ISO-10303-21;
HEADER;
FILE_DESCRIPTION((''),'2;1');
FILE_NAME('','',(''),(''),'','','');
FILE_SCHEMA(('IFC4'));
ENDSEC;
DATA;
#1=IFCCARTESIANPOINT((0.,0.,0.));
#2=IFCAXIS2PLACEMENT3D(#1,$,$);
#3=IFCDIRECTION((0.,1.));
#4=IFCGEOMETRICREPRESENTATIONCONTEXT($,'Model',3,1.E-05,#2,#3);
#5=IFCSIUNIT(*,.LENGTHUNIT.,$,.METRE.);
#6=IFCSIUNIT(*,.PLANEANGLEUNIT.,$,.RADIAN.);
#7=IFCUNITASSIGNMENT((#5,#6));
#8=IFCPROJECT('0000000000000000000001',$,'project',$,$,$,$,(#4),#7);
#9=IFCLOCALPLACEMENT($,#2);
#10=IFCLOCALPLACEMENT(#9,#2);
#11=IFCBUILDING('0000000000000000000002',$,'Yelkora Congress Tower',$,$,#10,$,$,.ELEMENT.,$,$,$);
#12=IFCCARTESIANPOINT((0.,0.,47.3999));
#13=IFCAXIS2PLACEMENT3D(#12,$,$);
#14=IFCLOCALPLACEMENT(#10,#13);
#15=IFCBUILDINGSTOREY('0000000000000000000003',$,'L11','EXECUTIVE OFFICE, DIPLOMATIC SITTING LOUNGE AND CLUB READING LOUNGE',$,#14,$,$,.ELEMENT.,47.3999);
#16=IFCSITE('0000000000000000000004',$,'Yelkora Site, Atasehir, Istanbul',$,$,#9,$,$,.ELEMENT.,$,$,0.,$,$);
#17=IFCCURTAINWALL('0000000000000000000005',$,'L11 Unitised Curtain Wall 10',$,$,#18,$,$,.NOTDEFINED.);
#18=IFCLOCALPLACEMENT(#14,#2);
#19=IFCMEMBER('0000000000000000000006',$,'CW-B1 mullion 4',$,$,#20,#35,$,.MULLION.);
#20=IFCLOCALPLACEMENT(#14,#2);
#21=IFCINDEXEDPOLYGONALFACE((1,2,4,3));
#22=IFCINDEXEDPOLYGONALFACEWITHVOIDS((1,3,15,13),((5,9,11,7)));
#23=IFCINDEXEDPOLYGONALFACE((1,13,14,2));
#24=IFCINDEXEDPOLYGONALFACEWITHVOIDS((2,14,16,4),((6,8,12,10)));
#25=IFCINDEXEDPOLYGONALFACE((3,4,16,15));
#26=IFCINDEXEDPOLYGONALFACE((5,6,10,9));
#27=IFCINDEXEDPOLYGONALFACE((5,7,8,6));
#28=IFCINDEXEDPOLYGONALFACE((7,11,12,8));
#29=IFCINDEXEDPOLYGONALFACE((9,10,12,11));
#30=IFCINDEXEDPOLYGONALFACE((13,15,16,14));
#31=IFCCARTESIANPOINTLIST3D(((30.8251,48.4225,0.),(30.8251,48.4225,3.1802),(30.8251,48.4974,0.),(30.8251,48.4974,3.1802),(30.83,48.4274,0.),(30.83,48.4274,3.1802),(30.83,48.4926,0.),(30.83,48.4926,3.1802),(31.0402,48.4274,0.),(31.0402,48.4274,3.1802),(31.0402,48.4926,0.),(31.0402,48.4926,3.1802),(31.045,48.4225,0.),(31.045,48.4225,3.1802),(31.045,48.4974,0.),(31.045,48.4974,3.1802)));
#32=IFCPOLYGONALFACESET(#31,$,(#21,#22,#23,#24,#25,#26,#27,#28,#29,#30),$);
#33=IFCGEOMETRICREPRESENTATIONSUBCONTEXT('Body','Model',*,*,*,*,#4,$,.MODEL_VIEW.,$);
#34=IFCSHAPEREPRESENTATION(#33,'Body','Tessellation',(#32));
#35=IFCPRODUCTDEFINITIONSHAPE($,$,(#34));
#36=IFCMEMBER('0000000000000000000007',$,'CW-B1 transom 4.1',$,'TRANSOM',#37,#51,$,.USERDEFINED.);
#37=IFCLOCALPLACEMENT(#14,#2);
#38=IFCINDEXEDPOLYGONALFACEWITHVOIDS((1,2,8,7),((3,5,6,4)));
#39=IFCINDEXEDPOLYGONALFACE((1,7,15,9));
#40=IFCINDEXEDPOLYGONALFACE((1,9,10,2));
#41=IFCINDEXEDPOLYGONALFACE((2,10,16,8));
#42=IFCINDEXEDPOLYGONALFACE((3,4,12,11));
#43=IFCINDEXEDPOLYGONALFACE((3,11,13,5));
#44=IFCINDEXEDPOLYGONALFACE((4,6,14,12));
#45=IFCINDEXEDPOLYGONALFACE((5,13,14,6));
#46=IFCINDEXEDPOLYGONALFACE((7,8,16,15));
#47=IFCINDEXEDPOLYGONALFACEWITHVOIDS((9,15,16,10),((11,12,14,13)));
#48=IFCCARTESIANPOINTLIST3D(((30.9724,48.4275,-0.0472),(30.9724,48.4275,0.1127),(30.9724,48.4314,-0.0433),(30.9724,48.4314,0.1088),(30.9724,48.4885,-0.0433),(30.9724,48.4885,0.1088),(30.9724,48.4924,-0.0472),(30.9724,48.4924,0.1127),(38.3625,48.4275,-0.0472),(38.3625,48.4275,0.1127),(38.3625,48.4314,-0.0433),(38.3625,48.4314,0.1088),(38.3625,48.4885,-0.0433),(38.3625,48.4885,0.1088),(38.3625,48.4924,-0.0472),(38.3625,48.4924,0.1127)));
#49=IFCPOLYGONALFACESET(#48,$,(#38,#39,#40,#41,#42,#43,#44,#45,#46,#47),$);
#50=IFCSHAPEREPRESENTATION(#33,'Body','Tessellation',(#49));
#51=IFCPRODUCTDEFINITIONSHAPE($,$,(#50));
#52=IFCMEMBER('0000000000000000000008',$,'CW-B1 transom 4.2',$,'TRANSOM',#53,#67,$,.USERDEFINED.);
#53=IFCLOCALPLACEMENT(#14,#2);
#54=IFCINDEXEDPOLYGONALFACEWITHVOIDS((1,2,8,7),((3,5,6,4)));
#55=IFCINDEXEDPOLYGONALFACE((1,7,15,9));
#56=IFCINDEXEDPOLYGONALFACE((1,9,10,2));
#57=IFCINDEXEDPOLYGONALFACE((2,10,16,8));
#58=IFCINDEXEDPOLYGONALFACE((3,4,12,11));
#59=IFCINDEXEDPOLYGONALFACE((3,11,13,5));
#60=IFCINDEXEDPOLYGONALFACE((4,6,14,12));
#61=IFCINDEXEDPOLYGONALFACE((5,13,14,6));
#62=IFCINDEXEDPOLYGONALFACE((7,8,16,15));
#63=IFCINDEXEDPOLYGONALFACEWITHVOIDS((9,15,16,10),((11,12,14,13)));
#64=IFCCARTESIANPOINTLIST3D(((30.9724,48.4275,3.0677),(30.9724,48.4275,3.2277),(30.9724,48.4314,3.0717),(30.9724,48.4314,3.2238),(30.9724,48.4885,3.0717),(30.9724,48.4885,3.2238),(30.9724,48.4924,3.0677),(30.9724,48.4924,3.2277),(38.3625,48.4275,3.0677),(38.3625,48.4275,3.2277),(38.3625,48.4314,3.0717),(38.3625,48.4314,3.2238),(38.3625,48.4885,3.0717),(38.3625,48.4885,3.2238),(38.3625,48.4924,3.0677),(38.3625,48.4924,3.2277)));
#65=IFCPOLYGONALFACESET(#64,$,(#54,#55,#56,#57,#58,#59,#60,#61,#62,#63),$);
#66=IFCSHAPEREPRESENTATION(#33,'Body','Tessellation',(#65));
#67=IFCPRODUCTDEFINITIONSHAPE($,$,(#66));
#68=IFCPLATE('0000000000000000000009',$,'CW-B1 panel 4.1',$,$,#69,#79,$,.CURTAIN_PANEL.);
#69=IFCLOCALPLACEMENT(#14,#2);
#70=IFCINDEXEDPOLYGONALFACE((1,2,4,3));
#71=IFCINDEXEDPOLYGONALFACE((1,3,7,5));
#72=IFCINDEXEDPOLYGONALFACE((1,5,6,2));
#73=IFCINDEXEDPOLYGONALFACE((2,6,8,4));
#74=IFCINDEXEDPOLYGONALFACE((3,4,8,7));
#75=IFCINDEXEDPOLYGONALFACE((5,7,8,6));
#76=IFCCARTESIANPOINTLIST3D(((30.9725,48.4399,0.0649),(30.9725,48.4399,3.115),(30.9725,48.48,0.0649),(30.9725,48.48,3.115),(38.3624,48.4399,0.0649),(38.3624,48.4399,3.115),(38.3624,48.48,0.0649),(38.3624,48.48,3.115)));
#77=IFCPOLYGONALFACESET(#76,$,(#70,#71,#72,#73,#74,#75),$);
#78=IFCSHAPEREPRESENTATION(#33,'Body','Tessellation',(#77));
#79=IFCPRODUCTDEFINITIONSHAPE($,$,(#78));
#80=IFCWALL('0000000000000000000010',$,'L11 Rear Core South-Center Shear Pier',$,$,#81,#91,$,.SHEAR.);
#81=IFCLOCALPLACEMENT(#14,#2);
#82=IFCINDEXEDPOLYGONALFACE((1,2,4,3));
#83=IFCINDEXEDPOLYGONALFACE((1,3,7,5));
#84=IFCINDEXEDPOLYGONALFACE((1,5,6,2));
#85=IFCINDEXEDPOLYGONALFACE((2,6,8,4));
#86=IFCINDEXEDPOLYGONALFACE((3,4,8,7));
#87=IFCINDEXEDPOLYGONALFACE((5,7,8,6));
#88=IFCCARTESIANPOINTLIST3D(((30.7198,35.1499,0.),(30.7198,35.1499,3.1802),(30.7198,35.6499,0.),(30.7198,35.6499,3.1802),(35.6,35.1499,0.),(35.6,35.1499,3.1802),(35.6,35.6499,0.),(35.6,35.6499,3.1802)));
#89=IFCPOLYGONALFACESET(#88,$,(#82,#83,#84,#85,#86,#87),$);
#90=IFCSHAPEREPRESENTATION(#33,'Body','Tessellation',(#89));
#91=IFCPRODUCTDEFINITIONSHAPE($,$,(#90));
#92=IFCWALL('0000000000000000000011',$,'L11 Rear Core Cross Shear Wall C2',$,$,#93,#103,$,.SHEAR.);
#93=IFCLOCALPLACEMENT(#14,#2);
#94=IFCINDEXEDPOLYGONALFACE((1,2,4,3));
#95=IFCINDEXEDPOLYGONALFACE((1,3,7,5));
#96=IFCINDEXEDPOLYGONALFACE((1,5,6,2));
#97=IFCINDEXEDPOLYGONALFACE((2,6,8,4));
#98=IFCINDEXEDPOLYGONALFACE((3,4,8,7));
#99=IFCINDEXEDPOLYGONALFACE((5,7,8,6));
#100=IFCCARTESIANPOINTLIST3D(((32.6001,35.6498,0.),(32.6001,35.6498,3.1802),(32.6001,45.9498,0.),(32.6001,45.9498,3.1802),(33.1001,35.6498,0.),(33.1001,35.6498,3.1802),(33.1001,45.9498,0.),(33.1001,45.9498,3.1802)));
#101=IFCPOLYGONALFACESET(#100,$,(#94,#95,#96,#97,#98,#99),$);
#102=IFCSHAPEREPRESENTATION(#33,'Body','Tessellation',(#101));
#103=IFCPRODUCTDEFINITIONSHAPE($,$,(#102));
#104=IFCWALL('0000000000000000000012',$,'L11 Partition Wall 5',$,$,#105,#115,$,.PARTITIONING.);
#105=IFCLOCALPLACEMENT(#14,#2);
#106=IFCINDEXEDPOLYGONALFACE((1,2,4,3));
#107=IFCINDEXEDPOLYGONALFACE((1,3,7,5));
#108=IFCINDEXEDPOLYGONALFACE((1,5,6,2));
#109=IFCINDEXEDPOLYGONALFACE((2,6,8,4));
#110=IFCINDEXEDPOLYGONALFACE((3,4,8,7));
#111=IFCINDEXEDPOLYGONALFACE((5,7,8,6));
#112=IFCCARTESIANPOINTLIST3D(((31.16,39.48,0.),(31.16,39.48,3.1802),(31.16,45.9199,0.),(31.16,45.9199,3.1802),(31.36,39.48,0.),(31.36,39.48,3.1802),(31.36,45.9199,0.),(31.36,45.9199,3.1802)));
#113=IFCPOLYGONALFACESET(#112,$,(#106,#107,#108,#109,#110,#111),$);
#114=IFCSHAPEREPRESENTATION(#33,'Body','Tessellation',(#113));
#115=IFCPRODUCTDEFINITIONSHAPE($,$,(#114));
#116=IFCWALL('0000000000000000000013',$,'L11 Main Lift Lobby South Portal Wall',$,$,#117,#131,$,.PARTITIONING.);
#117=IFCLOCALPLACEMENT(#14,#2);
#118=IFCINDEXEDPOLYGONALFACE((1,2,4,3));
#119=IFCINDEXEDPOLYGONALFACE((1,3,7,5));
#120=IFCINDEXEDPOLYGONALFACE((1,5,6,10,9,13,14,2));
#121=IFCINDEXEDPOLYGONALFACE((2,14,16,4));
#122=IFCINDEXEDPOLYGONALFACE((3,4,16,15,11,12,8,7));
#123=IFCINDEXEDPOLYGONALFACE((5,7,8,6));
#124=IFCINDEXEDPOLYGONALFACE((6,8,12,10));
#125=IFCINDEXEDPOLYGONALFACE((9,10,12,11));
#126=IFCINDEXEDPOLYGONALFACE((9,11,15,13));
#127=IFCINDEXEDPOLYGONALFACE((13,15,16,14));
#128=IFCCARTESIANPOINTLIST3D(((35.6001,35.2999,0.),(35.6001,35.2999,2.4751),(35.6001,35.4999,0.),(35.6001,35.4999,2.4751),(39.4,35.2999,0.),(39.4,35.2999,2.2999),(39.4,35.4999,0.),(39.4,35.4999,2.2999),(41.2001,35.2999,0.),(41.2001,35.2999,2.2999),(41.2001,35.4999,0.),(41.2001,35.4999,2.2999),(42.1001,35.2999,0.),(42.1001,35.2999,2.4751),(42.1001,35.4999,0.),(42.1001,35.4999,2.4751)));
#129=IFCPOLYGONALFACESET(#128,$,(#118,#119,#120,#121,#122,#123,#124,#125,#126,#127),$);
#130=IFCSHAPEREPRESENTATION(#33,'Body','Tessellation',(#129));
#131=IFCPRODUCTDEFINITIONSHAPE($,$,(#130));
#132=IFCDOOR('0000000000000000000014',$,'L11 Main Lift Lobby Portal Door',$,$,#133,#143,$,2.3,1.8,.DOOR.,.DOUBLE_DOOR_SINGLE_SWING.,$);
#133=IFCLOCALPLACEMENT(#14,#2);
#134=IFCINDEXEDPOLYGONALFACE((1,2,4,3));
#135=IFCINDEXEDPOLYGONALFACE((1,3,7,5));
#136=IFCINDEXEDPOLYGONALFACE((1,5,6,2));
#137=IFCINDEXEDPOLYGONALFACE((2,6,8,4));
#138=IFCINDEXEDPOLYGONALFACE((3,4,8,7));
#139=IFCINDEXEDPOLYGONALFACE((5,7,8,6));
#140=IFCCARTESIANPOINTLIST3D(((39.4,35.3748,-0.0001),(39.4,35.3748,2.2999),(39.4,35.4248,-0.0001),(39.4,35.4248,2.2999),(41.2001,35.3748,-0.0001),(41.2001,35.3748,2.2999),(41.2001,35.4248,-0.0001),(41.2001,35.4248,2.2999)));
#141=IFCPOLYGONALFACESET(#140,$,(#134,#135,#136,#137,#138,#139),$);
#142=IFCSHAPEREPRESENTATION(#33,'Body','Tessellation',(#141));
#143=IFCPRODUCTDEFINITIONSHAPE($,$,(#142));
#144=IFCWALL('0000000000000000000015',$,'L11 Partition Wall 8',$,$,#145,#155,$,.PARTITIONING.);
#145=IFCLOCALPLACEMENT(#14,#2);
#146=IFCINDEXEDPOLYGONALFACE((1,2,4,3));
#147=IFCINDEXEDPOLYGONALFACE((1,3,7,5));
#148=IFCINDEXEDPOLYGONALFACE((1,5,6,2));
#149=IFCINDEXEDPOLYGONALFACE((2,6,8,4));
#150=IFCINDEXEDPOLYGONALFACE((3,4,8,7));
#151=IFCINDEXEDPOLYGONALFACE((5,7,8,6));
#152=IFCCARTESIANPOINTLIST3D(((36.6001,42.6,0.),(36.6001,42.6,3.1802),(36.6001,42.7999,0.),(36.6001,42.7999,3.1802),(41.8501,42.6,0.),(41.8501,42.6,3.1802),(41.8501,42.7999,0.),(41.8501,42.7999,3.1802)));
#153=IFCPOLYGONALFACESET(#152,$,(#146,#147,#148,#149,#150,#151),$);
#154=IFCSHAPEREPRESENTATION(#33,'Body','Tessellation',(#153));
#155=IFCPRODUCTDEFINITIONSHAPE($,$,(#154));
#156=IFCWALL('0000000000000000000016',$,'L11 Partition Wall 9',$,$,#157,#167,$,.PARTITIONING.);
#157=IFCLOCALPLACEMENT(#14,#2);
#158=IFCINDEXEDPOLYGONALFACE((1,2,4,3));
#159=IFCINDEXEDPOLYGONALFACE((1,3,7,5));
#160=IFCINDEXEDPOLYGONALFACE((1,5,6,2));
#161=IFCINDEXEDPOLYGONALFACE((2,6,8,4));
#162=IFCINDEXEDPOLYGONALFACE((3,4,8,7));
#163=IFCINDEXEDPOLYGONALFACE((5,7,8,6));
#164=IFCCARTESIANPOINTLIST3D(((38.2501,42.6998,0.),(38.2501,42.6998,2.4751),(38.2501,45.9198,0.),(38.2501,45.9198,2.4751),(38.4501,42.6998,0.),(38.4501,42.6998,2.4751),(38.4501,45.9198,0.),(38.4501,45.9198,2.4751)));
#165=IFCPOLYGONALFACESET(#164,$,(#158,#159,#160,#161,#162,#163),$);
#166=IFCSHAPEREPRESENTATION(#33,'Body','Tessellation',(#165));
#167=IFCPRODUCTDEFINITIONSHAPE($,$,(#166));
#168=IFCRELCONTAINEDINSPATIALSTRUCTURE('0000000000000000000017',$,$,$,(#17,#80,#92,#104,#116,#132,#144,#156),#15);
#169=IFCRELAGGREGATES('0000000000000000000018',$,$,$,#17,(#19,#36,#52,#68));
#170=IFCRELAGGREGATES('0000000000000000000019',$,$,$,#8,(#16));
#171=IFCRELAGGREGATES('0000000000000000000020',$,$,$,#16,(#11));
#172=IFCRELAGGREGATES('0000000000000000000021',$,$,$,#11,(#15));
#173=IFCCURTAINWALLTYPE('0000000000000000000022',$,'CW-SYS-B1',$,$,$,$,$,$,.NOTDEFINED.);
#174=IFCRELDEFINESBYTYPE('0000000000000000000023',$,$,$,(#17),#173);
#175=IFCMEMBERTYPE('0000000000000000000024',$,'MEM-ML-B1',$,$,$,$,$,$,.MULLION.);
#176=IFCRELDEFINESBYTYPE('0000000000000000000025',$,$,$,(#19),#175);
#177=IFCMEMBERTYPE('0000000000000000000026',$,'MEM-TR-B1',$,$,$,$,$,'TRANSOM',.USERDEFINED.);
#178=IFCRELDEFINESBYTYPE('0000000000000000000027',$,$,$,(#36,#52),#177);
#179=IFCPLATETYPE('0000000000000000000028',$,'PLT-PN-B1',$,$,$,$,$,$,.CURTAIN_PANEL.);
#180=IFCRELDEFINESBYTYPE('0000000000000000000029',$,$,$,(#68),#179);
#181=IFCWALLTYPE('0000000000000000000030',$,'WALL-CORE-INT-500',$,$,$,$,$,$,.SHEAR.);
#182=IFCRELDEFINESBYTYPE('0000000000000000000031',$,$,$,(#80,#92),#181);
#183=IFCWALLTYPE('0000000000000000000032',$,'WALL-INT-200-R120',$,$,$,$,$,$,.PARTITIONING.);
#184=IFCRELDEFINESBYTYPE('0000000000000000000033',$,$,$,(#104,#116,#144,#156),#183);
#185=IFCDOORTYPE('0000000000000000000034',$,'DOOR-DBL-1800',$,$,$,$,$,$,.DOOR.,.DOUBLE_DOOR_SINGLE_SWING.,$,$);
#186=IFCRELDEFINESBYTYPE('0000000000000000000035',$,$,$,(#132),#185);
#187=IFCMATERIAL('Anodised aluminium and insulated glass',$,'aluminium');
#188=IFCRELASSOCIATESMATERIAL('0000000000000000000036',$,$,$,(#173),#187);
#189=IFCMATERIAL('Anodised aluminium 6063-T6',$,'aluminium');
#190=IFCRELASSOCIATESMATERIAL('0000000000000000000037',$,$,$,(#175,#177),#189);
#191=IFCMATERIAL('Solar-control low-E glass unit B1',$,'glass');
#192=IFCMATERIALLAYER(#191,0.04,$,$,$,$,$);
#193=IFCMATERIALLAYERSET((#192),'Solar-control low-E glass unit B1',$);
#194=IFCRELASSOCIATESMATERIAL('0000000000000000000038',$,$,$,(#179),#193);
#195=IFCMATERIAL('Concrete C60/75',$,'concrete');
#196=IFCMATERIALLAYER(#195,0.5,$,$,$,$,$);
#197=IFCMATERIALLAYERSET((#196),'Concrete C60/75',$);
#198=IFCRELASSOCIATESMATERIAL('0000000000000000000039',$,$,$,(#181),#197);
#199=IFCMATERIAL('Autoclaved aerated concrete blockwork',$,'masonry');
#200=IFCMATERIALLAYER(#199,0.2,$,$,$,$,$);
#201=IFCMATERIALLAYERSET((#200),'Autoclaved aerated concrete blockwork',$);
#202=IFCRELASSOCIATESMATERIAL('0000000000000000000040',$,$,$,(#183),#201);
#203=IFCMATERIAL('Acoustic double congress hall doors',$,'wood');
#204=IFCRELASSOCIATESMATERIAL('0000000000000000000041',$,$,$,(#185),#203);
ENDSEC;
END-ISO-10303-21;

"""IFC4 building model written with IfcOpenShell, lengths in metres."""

from ifc_helpers import new_model, si_unit, direction, frame, frame_2d, origin, origin_2d, place, context, subcontext, project, spatial, rectangle, hollow_rectangle, extrude, material, layer, layer_set, material_profile, profile_set, type_object, element, fill, aggregate, save


model = new_model("IFC4")

# Units and contexts
model_context = context("Model", 3, precision=1e-05, world=origin(), true_north=direction((0.0, 1.0)))
body_context = subcontext(model_context, "Body", "Model", "MODEL_VIEW")
ifc_project = project(units=[si_unit("LENGTHUNIT", "METRE"), si_unit("PLANEANGLEUNIT", "RADIAN")], contexts=[model_context])

# Site, building, storey
site_placement = place(None, origin())
site = spatial("IfcSite", under=ifc_project, at=site_placement, Name="Yelkora Site, Atasehir, Istanbul", CompositionType="ELEMENT", RefElevation=0.0)
building_placement = place(site_placement, origin())
building = spatial("IfcBuilding", under=site, at=building_placement, Name="Yelkora Congress Tower", CompositionType="ELEMENT")
storey_placement = place(building_placement, frame((0.0, 0.0, 47.3999)))
storey = spatial("IfcBuildingStorey", under=building, at=storey_placement, Name="L11", Description="EXECUTIVE OFFICE, DIPLOMATIC SITTING LOUNGE AND CLUB READING LOUNGE", CompositionType="ELEMENT", Elevation=47.3999)

# Shared definitions
ifc_material_1 = material(Name="Concrete C60/75", Category="concrete")

# Curtain wall, members, plate
ifc_material_2 = material(Name="Anodised aluminium and insulated glass", Category="aluminium")
curtain_wall_type = type_object("IfcCurtainWallType", Name="CW-SYS-B1", PredefinedType="NOTDEFINED", material=ifc_material_2)
curtain_wall_placement = place(storey_placement, origin())
curtain_wall = element("IfcCurtainWall", 1, at=curtain_wall_placement, inside=storey, type_object=curtain_wall_type, Name="L11 Unitised Curtain Wall 10", PredefinedType="NOTDEFINED")
ifc_material_3 = material(Name="Anodised aluminium 6063-T6", Category="aluminium")
ifc_material_profile_1 = material_profile(ifc_material_3, hollow_rectangle(XDim=0.075, YDim=0.22, WallThickness=0.0049, at=origin_2d()), Name="ALU 75x220x5")
ifc_profile_set_1 = profile_set([ifc_material_profile_1], Name="Anodised aluminium 6063-T6")
member_type_1 = type_object("IfcMemberType", Name="MEM-ML-B1", PredefinedType="MULLION", material=ifc_profile_set_1)
member_1_placement = place(storey_placement, frame((30.9351, 48.46, 0.0), z_axis=(0.0, 0.0, 1.0), x_axis=(0.0, 1.0, 0.0)))
member_1 = element("IfcMember", 2, at=member_1_placement, type_object=member_type_1, Name="CW-B1 mullion 4", PredefinedType="MULLION", context=body_context, shape_type="SweptSolid", body=[
    extrude(hollow_rectangle(XDim=0.075, YDim=0.22, WallThickness=0.0049, at=origin_2d()), origin(), (0.0, 0.0, 1.0), 3.1802),
])
ifc_material_profile_2 = material_profile(ifc_material_3, hollow_rectangle(XDim=0.0649, YDim=0.1599, WallThickness=0.0039, at=origin_2d()), Name="ALU 65x160x4")
ifc_profile_set_2 = profile_set([ifc_material_profile_2], Name="Anodised aluminium 6063-T6")
member_type_2 = type_object("IfcMemberType", Name="MEM-TR-B1", ElementType="TRANSOM", PredefinedType="USERDEFINED", material=ifc_profile_set_2)
member_2_placement = place(storey_placement, frame((30.9724, 48.46, 0.0327), z_axis=(1.0, 0.0, 0.0), x_axis=(0.0, 1.0, 0.0)))
member_2 = element("IfcMember", 3, at=member_2_placement, type_object=member_type_2, Name="CW-B1 transom 4.1", ObjectType="TRANSOM", PredefinedType="USERDEFINED", context=body_context, shape_type="SweptSolid", body=[
    extrude(hollow_rectangle(XDim=0.0649, YDim=0.1599, WallThickness=0.0039, at=origin_2d()), origin(), (0.0, 0.0, 1.0), 7.3901),
])
member_3_placement = place(storey_placement, frame((30.9724, 48.46, 3.1477), z_axis=(1.0, 0.0, 0.0), x_axis=(0.0, 1.0, 0.0)))
member_3 = element("IfcMember", 4, at=member_3_placement, type_object=member_type_2, Name="CW-B1 transom 4.2", ObjectType="TRANSOM", PredefinedType="USERDEFINED", context=body_context, shape_type="SweptSolid", body=[
    extrude(hollow_rectangle(XDim=0.0649, YDim=0.1599, WallThickness=0.0039, at=origin_2d()), origin(), (0.0, 0.0, 1.0), 7.3901),
])
ifc_material_4 = material(Name="Solar-control low-E glass unit B1", Category="glass")
ifc_layer_1 = layer(ifc_material_4, 0.04)
ifc_layer_set_1 = layer_set([ifc_layer_1], Name="Solar-control low-E glass unit B1")
plate_type = type_object("IfcPlateType", Name="PLT-PN-B1", PredefinedType="CURTAIN_PANEL", material=ifc_layer_set_1)
plate_placement = place(storey_placement, frame((34.6675, 48.46, 0.0649), z_axis=(0.0, 0.0, 1.0), x_axis=(1.0, 0.0, 0.0)))
plate = element("IfcPlate", 5, at=plate_placement, type_object=plate_type, Name="CW-B1 panel 4.1", PredefinedType="CURTAIN_PANEL", context=body_context, shape_type="SweptSolid", body=[
    extrude(rectangle(XDim=7.3899, YDim=0.04, at=origin_2d()), origin(), (0.0, 0.0, 1.0), 3.05),
])
aggregate(curtain_wall, [member_1, member_2, member_3, plate])

# Walls
ifc_layer_2 = layer(ifc_material_1, 0.5)
ifc_layer_set_2 = layer_set([ifc_layer_2], Name="Concrete C60/75")
wall_type_1 = type_object("IfcWallType", Name="WALL-CORE-INT-500", PredefinedType="SHEAR", material=ifc_layer_set_2)
wall_1_placement = place(storey_placement, frame((30.72, 35.3999, 0.0), z_axis=(0.0, 0.0, 1.0), x_axis=(1.0, 0.0, 0.0)))
element("IfcWall", 6, at=wall_1_placement, inside=storey, type_object=wall_type_1, Name="L11 Rear Core South-Center Shear Pier", PredefinedType="SHEAR", context=body_context, shape_type="SweptSolid", body=[
    extrude(rectangle(XDim=4.8801, YDim=0.5, at=frame_2d((2.4399, 0.0))), origin(), (0.0, 0.0, 1.0), 3.1802),
])
wall_2_placement = place(storey_placement, frame((32.8501, 35.6499, 0.0), z_axis=(0.0, 0.0, 1.0), x_axis=(0.0, 1.0, 0.0)))
element("IfcWall", 7, at=wall_2_placement, inside=storey, type_object=wall_type_1, Name="L11 Rear Core Cross Shear Wall C2", PredefinedType="SHEAR", context=body_context, shape_type="SweptSolid", body=[
    extrude(rectangle(XDim=10.3, YDim=0.5, at=frame_2d((5.1499, 0.0))), origin(), (0.0, 0.0, 1.0), 3.1802),
])
ifc_material_5 = material(Name="Autoclaved aerated concrete blockwork", Category="masonry")
ifc_layer_3 = layer(ifc_material_5, 0.2)
ifc_layer_set_3 = layer_set([ifc_layer_3], Name="Autoclaved aerated concrete blockwork")
wall_type_2 = type_object("IfcWallType", Name="WALL-INT-200-R120", PredefinedType="PARTITIONING", material=ifc_layer_set_3)
wall_3_placement = place(storey_placement, frame((31.26, 39.48, 0.0), z_axis=(0.0, 0.0, 1.0), x_axis=(0.0, 1.0, 0.0)))
element("IfcWall", 8, at=wall_3_placement, inside=storey, type_object=wall_type_2, Name="L11 Partition Wall 5", PredefinedType="PARTITIONING", context=body_context, shape_type="SweptSolid", body=[
    extrude(rectangle(XDim=6.4399, YDim=0.2, at=frame_2d((3.22, 0.0))), origin(), (0.0, 0.0, 1.0), 3.1802),
])

# Wall, opening, door
wall_4_placement = place(storey_placement, frame((35.6001, 35.3999, 0.0), z_axis=(0.0, 0.0, 1.0), x_axis=(1.0, 0.0, 0.0)))
wall_4 = element("IfcWall", 9, at=wall_4_placement, inside=storey, type_object=wall_type_2, Name="L11 Main Lift Lobby South Portal Wall", PredefinedType="PARTITIONING", context=body_context, shape_type="SweptSolid", body=[
    extrude(rectangle(XDim=6.5, YDim=0.2, at=frame_2d((3.25, 0.0))), origin(), (0.0, 0.0, 1.0), 2.4751),
])
opening_1_placement = place(wall_4_placement, frame((3.8, 0.0, 0.0)))
opening_1 = element("IfcOpeningElement", 10, at=opening_1_placement, cuts=wall_4, PredefinedType="OPENING", context=body_context, shape_type="SweptSolid", body=[
    extrude(rectangle(XDim=1.8, YDim=2.3, at=frame_2d((0.8999, 1.1499))), frame((0.0, 0.1099, 0.0), z_axis=(0.0, -1.0, 0.0), x_axis=(1.0, 0.0, 0.0)), (0.0, 0.0, 1.0), 0.22),
])
ifc_material_6 = material(Name="Acoustic double congress hall doors", Category="wood")
door_type_1 = type_object("IfcDoorType", Name="DOOR-DBL-1800", OperationType="DOUBLE_DOOR_SINGLE_SWING", PredefinedType="DOOR", material=ifc_material_6)
door_1_placement = place(opening_1_placement, origin())
door_1 = element("IfcDoor", 11, at=door_1_placement, inside=storey, type_object=door_type_1, Name="L11 Main Lift Lobby Portal Door", OperationType="DOUBLE_DOOR_SINGLE_SWING", OverallHeight=2.3, OverallWidth=1.8, PredefinedType="DOOR", context=body_context, shape_type="SweptSolid", body=[
    extrude(rectangle(XDim=1.8, YDim=2.3, at=frame_2d((0.8999, 1.1499))), frame((0.0, 0.0249, 0.0), z_axis=(0.0, -1.0, 0.0), x_axis=(1.0, 0.0, 0.0)), (0.0, 0.0, 1.0), 0.05),
])
fill(opening_1, door_1)

# Walls
wall_5_placement = place(storey_placement, frame((36.6001, 42.7, 0.0), z_axis=(0.0, 0.0, 1.0), x_axis=(1.0, 0.0, 0.0)))
element("IfcWall", 12, at=wall_5_placement, inside=storey, type_object=wall_type_2, Name="L11 Partition Wall 8", PredefinedType="PARTITIONING", context=body_context, shape_type="SweptSolid", body=[
    extrude(rectangle(XDim=5.25, YDim=0.2, at=frame_2d((2.625, 0.0))), origin(), (0.0, 0.0, 1.0), 3.1802),
])
wall_6_placement = place(storey_placement, frame((38.3501, 42.7, 0.0), z_axis=(0.0, 0.0, 1.0), x_axis=(0.0, 1.0, 0.0)))
element("IfcWall", 13, at=wall_6_placement, inside=storey, type_object=wall_type_2, Name="L11 Partition Wall 9", PredefinedType="PARTITIONING", context=body_context, shape_type="SweptSolid", body=[
    extrude(rectangle(XDim=3.22, YDim=0.2, at=frame_2d((1.6099, 0.0))), origin(), (0.0, 0.0, 1.0), 2.4751),
])

save(model, "model.ifc")
